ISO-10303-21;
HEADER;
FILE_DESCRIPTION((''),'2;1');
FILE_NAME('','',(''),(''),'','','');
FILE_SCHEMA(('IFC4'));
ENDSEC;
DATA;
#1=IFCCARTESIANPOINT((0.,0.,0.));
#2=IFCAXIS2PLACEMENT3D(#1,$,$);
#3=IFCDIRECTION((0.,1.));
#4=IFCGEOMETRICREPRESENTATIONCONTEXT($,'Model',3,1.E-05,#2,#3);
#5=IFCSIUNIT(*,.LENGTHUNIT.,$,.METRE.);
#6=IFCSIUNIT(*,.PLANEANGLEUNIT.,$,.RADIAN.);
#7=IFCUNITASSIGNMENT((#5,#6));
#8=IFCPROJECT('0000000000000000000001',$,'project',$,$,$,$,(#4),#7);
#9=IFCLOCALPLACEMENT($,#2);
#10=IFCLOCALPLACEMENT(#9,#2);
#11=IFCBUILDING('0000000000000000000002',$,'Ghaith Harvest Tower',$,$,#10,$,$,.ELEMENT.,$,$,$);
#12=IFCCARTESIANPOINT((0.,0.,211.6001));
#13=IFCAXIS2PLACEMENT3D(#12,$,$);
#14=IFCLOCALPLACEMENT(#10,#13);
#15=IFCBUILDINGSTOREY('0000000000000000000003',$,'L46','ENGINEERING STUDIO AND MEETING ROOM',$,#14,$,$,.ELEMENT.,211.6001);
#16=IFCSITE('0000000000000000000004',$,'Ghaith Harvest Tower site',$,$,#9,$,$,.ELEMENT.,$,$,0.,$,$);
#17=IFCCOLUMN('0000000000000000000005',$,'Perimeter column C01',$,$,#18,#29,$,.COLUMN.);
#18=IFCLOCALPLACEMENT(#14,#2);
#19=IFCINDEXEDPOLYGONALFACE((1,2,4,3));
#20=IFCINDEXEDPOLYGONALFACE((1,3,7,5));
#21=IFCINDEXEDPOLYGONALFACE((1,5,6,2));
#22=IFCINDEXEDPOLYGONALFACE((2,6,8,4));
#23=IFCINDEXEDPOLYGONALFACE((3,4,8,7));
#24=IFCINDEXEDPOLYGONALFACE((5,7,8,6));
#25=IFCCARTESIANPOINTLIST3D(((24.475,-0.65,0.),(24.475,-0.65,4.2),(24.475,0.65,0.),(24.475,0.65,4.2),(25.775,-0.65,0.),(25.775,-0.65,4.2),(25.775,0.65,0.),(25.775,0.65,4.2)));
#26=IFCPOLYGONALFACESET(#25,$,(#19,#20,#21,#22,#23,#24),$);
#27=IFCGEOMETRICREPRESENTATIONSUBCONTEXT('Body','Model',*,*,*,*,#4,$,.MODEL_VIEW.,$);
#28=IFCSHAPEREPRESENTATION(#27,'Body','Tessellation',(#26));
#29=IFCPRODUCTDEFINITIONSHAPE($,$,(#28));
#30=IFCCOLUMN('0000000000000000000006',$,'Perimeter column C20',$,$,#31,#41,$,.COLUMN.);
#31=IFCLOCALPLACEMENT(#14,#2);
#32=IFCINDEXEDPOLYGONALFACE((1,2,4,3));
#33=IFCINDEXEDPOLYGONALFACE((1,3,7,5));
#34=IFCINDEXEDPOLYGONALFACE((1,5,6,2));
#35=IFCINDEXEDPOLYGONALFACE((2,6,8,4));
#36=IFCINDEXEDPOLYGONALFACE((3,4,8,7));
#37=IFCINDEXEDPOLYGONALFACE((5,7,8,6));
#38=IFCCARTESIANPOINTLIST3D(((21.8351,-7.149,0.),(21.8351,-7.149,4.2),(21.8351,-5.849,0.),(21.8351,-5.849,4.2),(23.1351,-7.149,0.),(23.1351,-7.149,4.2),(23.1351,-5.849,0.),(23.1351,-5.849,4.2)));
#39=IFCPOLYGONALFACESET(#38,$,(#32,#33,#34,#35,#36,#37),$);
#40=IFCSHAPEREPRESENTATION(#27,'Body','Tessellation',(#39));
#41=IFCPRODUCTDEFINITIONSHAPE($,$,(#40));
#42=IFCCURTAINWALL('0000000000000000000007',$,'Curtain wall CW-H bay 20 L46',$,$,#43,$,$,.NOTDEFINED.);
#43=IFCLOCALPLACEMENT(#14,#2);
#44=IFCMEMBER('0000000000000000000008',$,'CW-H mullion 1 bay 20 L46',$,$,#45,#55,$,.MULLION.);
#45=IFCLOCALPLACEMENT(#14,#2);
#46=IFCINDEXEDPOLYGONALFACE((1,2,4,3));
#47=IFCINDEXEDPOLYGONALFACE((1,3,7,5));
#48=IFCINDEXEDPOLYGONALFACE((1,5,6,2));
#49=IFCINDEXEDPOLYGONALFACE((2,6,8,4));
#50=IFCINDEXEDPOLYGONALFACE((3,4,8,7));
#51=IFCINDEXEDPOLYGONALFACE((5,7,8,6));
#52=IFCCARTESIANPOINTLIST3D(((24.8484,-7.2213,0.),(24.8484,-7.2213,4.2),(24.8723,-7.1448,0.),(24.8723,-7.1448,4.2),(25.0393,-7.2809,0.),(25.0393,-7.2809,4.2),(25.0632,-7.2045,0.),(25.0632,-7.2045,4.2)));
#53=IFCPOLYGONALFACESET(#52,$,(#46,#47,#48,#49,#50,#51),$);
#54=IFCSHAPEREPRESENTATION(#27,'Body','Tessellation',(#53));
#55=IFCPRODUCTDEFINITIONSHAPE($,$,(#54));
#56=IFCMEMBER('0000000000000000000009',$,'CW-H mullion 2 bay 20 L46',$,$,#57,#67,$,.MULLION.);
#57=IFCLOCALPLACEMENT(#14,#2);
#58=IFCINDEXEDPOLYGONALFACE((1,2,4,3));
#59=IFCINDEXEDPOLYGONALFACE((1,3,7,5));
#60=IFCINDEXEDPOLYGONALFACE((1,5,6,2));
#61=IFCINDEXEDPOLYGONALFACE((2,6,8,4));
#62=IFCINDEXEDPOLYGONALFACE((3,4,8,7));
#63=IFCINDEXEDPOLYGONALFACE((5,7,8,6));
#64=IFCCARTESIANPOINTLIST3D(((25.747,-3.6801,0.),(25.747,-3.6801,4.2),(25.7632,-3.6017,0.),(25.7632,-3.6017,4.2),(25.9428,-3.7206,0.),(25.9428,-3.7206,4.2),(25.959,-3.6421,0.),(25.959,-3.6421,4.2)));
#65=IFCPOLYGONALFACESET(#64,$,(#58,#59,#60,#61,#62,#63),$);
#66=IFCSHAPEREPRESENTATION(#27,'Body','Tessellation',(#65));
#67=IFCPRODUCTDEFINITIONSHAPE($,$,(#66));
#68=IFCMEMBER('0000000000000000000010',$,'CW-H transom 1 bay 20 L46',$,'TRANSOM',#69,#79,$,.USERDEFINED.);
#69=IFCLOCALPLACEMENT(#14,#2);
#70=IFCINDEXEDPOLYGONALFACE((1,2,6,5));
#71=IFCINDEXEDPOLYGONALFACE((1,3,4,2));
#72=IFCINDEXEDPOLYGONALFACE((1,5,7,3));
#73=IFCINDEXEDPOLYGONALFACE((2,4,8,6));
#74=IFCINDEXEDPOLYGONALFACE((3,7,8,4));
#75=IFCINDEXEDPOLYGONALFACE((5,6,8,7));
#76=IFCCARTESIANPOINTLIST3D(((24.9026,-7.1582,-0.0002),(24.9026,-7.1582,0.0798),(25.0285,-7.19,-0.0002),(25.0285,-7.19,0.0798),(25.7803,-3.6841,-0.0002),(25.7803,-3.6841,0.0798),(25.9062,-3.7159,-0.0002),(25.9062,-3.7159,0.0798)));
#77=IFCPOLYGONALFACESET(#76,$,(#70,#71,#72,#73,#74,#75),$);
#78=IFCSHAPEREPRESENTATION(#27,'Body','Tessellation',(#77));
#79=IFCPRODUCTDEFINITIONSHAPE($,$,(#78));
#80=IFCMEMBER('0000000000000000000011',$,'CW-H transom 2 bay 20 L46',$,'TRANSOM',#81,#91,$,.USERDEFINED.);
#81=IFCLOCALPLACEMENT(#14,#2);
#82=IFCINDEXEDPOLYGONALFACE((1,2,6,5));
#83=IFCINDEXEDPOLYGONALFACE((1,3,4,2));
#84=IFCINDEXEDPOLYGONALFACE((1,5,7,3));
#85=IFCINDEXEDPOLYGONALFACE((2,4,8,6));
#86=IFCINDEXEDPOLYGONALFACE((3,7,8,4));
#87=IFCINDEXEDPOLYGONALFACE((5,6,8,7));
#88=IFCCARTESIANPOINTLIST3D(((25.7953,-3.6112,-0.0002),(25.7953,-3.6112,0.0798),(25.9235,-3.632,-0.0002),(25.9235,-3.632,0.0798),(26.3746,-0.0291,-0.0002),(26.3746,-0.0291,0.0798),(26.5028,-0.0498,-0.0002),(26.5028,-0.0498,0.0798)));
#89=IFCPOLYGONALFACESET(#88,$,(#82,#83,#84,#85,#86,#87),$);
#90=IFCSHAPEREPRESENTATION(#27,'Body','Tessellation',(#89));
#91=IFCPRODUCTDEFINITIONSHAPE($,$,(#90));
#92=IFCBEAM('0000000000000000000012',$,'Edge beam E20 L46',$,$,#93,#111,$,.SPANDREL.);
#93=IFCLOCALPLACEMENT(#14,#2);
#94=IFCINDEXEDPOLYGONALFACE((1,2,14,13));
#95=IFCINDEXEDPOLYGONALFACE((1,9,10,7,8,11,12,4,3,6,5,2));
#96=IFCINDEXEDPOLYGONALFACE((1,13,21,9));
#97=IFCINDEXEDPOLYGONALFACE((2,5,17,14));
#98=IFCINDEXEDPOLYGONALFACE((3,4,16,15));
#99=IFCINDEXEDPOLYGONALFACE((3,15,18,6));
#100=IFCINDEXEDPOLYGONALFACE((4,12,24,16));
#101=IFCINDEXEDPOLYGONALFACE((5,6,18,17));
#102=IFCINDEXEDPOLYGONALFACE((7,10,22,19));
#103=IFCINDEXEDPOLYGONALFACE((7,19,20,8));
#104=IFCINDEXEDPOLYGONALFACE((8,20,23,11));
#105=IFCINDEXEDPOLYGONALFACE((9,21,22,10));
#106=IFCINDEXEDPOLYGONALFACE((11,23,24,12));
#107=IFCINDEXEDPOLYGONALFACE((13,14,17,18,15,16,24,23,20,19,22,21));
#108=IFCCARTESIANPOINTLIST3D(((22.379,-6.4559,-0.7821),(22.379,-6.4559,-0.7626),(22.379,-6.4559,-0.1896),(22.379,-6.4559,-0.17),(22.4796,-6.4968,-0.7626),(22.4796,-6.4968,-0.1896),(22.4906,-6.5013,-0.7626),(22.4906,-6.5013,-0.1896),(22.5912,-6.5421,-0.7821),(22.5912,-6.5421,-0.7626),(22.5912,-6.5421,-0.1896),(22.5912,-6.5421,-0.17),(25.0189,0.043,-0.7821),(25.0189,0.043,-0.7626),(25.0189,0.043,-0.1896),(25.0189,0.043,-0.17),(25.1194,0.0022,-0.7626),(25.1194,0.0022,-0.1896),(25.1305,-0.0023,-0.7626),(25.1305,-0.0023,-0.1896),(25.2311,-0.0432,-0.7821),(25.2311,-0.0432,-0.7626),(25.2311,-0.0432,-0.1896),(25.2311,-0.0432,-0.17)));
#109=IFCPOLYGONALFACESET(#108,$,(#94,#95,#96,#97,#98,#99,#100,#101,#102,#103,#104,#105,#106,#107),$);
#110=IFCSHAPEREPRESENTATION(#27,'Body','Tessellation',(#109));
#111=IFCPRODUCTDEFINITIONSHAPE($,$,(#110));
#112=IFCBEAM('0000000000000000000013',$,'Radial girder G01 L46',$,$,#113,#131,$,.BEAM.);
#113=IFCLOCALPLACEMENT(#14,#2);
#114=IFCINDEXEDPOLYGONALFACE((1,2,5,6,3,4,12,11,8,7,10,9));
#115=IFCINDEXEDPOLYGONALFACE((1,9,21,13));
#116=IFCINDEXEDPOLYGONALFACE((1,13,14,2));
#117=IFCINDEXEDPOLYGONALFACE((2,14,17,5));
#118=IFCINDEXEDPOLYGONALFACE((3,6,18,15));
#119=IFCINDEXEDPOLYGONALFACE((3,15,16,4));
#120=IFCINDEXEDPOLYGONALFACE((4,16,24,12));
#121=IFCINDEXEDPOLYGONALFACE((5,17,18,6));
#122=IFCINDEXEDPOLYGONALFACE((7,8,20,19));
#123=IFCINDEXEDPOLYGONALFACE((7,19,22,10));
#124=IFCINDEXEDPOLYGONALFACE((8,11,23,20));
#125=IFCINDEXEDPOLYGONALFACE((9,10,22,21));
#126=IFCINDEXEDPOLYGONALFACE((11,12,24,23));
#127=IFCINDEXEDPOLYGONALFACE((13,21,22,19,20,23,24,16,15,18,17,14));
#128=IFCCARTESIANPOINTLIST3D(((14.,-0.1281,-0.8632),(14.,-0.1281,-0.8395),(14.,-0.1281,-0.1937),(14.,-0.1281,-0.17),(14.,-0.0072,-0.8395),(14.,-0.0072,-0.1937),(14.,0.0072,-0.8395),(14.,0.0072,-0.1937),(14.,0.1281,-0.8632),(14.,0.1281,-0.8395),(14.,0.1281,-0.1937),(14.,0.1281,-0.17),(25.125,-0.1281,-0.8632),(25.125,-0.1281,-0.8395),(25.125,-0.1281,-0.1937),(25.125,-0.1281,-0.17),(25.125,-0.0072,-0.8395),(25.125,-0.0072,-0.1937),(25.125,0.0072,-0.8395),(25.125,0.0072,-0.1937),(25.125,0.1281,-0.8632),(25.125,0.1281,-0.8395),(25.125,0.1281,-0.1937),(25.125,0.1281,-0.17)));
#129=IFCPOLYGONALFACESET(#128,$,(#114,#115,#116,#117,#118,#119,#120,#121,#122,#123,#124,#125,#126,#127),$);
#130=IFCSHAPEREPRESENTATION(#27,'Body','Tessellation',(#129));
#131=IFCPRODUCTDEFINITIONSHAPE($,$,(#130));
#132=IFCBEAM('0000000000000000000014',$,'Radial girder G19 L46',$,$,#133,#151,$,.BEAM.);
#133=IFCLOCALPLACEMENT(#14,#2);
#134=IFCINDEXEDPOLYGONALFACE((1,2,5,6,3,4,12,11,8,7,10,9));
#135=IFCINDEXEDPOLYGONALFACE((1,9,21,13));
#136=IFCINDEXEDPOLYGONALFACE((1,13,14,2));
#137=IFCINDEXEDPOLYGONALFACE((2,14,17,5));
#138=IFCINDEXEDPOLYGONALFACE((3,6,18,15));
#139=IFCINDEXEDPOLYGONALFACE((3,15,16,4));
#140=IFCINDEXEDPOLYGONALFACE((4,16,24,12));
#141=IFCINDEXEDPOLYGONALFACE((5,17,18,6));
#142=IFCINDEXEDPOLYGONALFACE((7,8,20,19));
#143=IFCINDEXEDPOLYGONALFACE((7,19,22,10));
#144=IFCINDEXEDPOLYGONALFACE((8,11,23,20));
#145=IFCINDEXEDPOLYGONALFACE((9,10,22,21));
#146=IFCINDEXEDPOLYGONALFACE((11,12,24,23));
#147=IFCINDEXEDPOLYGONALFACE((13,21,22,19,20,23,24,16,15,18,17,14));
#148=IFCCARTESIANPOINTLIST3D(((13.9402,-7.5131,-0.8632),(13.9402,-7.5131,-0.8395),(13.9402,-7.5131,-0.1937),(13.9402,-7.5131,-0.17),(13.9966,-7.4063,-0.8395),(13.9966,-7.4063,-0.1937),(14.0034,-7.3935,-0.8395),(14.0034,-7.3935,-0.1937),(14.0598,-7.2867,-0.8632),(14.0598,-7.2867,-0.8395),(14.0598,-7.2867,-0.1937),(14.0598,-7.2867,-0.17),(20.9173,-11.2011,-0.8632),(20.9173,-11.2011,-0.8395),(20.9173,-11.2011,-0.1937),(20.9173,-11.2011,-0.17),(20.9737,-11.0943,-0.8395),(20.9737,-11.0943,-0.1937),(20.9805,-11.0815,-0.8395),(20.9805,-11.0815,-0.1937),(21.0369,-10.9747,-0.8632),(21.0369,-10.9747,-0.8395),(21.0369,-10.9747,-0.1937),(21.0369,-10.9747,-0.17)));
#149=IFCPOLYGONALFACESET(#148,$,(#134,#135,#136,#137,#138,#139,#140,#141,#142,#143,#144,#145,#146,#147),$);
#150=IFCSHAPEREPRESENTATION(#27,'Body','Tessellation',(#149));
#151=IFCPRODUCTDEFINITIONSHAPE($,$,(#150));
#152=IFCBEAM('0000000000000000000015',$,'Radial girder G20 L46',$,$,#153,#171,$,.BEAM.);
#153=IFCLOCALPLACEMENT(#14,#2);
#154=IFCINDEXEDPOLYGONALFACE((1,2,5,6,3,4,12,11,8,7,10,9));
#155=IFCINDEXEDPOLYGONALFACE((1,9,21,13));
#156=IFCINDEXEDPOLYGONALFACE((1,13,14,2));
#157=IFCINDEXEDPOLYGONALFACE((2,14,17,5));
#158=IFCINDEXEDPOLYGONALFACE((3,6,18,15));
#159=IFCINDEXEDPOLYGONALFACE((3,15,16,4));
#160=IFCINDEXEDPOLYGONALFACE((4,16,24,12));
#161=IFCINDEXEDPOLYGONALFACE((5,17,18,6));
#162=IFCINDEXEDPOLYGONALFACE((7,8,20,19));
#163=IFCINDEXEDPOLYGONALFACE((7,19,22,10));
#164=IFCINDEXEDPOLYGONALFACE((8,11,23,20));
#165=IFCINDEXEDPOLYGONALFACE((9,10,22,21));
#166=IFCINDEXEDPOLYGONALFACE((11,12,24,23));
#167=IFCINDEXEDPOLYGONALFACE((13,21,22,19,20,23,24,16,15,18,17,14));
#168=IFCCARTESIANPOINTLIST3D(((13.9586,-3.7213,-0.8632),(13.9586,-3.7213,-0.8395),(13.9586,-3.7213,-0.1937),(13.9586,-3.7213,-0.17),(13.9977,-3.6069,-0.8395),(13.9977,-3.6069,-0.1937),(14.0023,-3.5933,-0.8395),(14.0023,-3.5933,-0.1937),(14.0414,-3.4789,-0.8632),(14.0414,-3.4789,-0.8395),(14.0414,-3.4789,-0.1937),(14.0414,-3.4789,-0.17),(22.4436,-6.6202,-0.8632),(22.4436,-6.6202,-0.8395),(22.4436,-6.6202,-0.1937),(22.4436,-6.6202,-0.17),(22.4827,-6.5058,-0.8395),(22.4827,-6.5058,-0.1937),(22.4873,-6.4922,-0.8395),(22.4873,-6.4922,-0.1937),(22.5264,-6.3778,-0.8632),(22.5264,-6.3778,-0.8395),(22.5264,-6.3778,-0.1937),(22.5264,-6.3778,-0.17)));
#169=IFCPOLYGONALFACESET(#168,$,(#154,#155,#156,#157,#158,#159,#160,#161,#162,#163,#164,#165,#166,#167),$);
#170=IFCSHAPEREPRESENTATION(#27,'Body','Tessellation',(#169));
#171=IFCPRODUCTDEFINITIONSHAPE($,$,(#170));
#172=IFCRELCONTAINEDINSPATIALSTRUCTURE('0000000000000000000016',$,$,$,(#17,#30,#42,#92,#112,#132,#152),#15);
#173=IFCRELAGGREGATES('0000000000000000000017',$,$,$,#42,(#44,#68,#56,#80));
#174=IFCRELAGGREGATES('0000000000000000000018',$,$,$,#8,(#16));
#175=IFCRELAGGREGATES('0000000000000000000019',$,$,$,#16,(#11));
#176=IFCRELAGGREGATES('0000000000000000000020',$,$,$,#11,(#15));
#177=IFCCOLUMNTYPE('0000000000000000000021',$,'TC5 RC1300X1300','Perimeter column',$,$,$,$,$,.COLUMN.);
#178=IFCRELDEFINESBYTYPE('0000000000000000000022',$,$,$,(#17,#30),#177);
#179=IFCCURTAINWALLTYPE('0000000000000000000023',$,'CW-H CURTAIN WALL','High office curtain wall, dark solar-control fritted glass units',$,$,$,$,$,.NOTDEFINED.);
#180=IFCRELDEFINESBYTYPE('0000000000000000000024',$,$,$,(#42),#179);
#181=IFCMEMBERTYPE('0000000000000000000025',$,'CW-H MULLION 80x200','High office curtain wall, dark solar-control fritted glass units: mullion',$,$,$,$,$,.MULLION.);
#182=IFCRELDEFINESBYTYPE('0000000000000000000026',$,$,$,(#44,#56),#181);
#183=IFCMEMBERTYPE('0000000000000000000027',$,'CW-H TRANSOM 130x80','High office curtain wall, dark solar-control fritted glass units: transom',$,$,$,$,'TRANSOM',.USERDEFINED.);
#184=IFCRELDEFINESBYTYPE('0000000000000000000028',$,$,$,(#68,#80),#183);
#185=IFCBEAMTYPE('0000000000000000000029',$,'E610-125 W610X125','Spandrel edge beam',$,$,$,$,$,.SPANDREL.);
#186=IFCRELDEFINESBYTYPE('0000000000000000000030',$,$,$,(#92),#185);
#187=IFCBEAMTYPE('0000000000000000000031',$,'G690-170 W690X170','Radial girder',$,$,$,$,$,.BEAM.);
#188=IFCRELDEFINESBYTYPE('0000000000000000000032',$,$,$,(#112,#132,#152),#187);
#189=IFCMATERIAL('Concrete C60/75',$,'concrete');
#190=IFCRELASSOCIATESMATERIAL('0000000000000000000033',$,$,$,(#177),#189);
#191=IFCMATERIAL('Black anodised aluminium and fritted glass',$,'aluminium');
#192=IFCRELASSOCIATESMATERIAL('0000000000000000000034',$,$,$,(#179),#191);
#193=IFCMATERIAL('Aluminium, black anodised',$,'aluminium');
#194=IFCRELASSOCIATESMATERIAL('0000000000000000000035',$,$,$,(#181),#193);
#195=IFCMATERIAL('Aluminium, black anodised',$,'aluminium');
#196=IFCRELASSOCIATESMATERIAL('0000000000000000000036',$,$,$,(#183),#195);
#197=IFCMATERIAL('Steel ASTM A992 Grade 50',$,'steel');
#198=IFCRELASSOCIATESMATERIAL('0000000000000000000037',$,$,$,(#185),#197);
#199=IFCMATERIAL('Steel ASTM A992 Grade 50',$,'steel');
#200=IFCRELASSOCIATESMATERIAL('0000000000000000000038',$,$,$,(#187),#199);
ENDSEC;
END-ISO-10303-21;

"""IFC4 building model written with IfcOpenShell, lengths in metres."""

from ifc_helpers import new_model, si_unit, direction, frame, origin, origin_2d, place, context, subcontext, project, spatial, rectangle, i_section, extrude, material, material_profile, profile_set, type_object, element, aggregate, save


model = new_model("IFC4")

# Units and contexts
model_context = context("Model", 3, precision=1e-05, world=origin(), true_north=direction((0.0, 1.0)))
body_context = subcontext(model_context, "Body", "Model", "MODEL_VIEW")
ifc_project = project(units=[si_unit("LENGTHUNIT", "METRE"), si_unit("PLANEANGLEUNIT", "RADIAN")], contexts=[model_context])

# Site, building, storey
site_placement = place(None, origin())
site = spatial("IfcSite", under=ifc_project, at=site_placement, Name="Ghaith Harvest Tower site", CompositionType="ELEMENT", RefElevation=0.0)
building_placement = place(site_placement, origin())
building = spatial("IfcBuilding", under=site, at=building_placement, Name="Ghaith Harvest Tower", CompositionType="ELEMENT")
storey_placement = place(building_placement, frame((0.0, 0.0, 211.6001)))
storey = spatial("IfcBuildingStorey", under=building, at=storey_placement, Name="L46", Description="ENGINEERING STUDIO AND MEETING ROOM", CompositionType="ELEMENT", Elevation=211.6001)

# Columns
ifc_material_1 = material(Name="Concrete C60/75", Category="concrete")
ifc_material_profile_1 = material_profile(ifc_material_1, rectangle(XDim=1.3, YDim=1.3, at=origin_2d()), Name="RC1300X1300")
ifc_profile_set_1 = profile_set([ifc_material_profile_1], Name="Concrete C60/75")
column_type = type_object("IfcColumnType", Name="TC5 RC1300X1300", Description="Perimeter column", PredefinedType="COLUMN", material=ifc_profile_set_1)
for number, where, z_axis, x_axis, name in (
    (1, (25.125, 0.0, 0.0), (0.0, 0.0, 1.0), (1.0, 0.0, 0.0), "Perimeter column C01"),
    (2, (22.4851, -6.499, 0.0), (0.0, 0.0, 1.0), (1.0, 0.0, 0.0), "Perimeter column C20"),
):
    element("IfcColumn", number, at=place(storey_placement, frame(where, z_axis=z_axis, x_axis=x_axis)), inside=storey, type_object=column_type, Name=name, PredefinedType="COLUMN", context=body_context, shape_type="SweptSolid", body=[
        extrude(rectangle(XDim=1.3, YDim=1.3, at=origin_2d()), origin(), (0.0, 0.0, 1.0), 4.2),
    ])

# Curtain wall, members
ifc_material_2 = material(Name="Black anodised aluminium and fritted glass", Category="aluminium")
curtain_wall_type = type_object("IfcCurtainWallType", Name="CW-H CURTAIN WALL", Description="High office curtain wall, dark solar-control fritted glass units", PredefinedType="NOTDEFINED", material=ifc_material_2)
curtain_wall_1_placement = place(storey_placement, origin())
curtain_wall_1 = element("IfcCurtainWall", 3, at=curtain_wall_1_placement, inside=storey, type_object=curtain_wall_type, Name="Curtain wall CW-H bay 20 L46", PredefinedType="NOTDEFINED")
ifc_material_3 = material(Name="Aluminium, black anodised", Category="aluminium")
ifc_material_profile_2 = material_profile(ifc_material_3, rectangle(XDim=0.0801, YDim=0.2, at=origin_2d()), Name="CW-H MULLION 80x200")
ifc_profile_set_2 = profile_set([ifc_material_profile_2], Name="Aluminium, black anodised")
member_type_1 = type_object("IfcMemberType", Name="CW-H MULLION 80x200", Description="High office curtain wall, dark solar-control fritted glass units: mullion", PredefinedType="MULLION", material=ifc_profile_set_2)
member_1_placement = place(storey_placement, frame((24.9558, -7.2129, 0.0), z_axis=(0.0, 0.0, 1.0), x_axis=(0.298442, 0.954428, 0.0)))
member_1 = element("IfcMember", 4, at=member_1_placement, type_object=member_type_1, Name="CW-H mullion 1 bay 20 L46", PredefinedType="MULLION", context=body_context, shape_type="SweptSolid", body=[
    extrude(rectangle(XDim=0.0801, YDim=0.2, at=origin_2d()), origin(), (0.0, 0.0, 1.0), 4.2),
])
member_2_placement = place(storey_placement, frame((25.853, -3.6611, 0.0), z_axis=(0.0, 0.0, 1.0), x_axis=(0.202192, 0.979346, 0.0)))
member_2 = element("IfcMember", 5, at=member_2_placement, type_object=member_type_1, Name="CW-H mullion 2 bay 20 L46", PredefinedType="MULLION", context=body_context, shape_type="SweptSolid", body=[
    extrude(rectangle(XDim=0.0801, YDim=0.2, at=origin_2d()), origin(), (0.0, 0.0, 1.0), 4.2),
])
ifc_material_4 = material(Name="Aluminium, black anodised", Category="aluminium")
ifc_material_profile_3 = material_profile(ifc_material_4, rectangle(XDim=0.1299, YDim=0.0801, at=origin_2d()), Name="CW-H TRANSOM 130x80")
ifc_profile_set_3 = profile_set([ifc_material_profile_3], Name="Aluminium, black anodised")
member_type_2 = type_object("IfcMemberType", Name="CW-H TRANSOM 130x80", Description="High office curtain wall, dark solar-control fritted glass units: transom", ElementType="TRANSOM", PredefinedType="USERDEFINED", material=ifc_profile_set_3)
member_3_placement = place(storey_placement, frame((24.9656, -7.1741, 0.0398), z_axis=(0.24494, 0.969538, 0.0), x_axis=(-0.969538, 0.24494, 0.0)))
member_3 = element("IfcMember", 6, at=member_3_placement, type_object=member_type_2, Name="CW-H transom 1 bay 20 L46", ObjectType="TRANSOM", PredefinedType="USERDEFINED", context=body_context, shape_type="SweptSolid", body=[
    extrude(rectangle(XDim=0.1299, YDim=0.0801, at=origin_2d()), origin(), (0.0, 0.0, 1.0), 3.5833),
])
member_4_placement = place(storey_placement, frame((25.8594, -3.6216, 0.0398), z_axis=(0.159662, 0.987172, 0.0), x_axis=(-0.987172, 0.159662, 0.0)))
member_4 = element("IfcMember", 7, at=member_4_placement, type_object=member_type_2, Name="CW-H transom 2 bay 20 L46", ObjectType="TRANSOM", PredefinedType="USERDEFINED", context=body_context, shape_type="SweptSolid", body=[
    extrude(rectangle(XDim=0.1299, YDim=0.0801, at=origin_2d()), origin(), (0.0, 0.0, 1.0), 3.6287),
])

# Beams
ifc_material_5 = material(Name="Steel ASTM A992 Grade 50", Category="steel")
ifc_material_profile_4 = material_profile(ifc_material_5, i_section(OverallWidth=0.229, OverallDepth=0.6121, WebThickness=0.012, FlangeThickness=0.0195, at=origin_2d()), Name="W610X125")
ifc_profile_set_4 = profile_set([ifc_material_profile_4], Name="Steel ASTM A992 Grade 50")
beam_type_1 = type_object("IfcBeamType", Name="E610-125 W610X125", Description="Spandrel edge beam", PredefinedType="SPANDREL", material=ifc_profile_set_4)
beam_1_placement = place(storey_placement, frame((22.4851, -6.499, -0.4761), z_axis=(0.376336, 0.926483, 0.0), x_axis=(-0.926483, 0.376336, 0.0)))
element("IfcBeam", 8, at=beam_1_placement, inside=storey, type_object=beam_type_1, Name="Edge beam E20 L46", PredefinedType="SPANDREL", context=body_context, shape_type="SweptSolid", body=[
    extrude(i_section(OverallWidth=0.229, OverallDepth=0.6121, WebThickness=0.012, FlangeThickness=0.0195, at=origin_2d()), origin(), (0.0, 0.0, 1.0), 7.0146),
])
ifc_material_6 = material(Name="Steel ASTM A992 Grade 50", Category="steel")
ifc_material_profile_5 = material_profile(ifc_material_6, i_section(OverallWidth=0.2561, OverallDepth=0.6931, WebThickness=0.0144, FlangeThickness=0.0237, at=origin_2d()), Name="W690X170")
ifc_profile_set_5 = profile_set([ifc_material_profile_5], Name="Steel ASTM A992 Grade 50")
beam_type_2 = type_object("IfcBeamType", Name="G690-170 W690X170", Description="Radial girder", PredefinedType="BEAM", material=ifc_profile_set_5)
beam_2_placement = place(storey_placement, frame((14.0, 0.0, -0.5166), z_axis=(1.0, 0.0, 0.0), x_axis=(0.0, 1.0, 0.0)))
element("IfcBeam", 9, at=beam_2_placement, inside=storey, type_object=beam_type_2, Name="Radial girder G01 L46", PredefinedType="BEAM", context=body_context, shape_type="SweptSolid", body=[
    extrude(i_section(OverallWidth=0.2561, OverallDepth=0.6931, WebThickness=0.0144, FlangeThickness=0.0237, at=origin_2d()), origin(), (0.0, 0.0, 1.0), 11.125),
])
beam_3_placement = place(storey_placement, frame((14.0, -7.3999, -0.5166), z_axis=(0.884089, -0.467319, 0.0), x_axis=(0.467319, 0.884089, 0.0)))
element("IfcBeam", 10, at=beam_3_placement, inside=storey, type_object=beam_type_2, Name="Radial girder G19 L46", PredefinedType="BEAM", context=body_context, shape_type="SweptSolid", body=[
    extrude(i_section(OverallWidth=0.2561, OverallDepth=0.6931, WebThickness=0.0144, FlangeThickness=0.0237, at=origin_2d()), origin(), (0.0, 0.0, 1.0), 7.8918),
])
beam_4_placement = place(storey_placement, frame((14.0, -3.6001, -0.5166), z_axis=(0.946296, -0.323301, 0.0), x_axis=(0.323301, 0.946296, 0.0)))
element("IfcBeam", 11, at=beam_4_placement, inside=storey, type_object=beam_type_2, Name="Radial girder G20 L46", PredefinedType="BEAM", context=body_context, shape_type="SweptSolid", body=[
    extrude(i_section(OverallWidth=0.2561, OverallDepth=0.6931, WebThickness=0.0144, FlangeThickness=0.0237, at=origin_2d()), origin(), (0.0, 0.0, 1.0), 8.9666),
])

aggregate(curtain_wall_1, [member_1, member_3, member_2, member_4])

save(model, "model.ifc")
